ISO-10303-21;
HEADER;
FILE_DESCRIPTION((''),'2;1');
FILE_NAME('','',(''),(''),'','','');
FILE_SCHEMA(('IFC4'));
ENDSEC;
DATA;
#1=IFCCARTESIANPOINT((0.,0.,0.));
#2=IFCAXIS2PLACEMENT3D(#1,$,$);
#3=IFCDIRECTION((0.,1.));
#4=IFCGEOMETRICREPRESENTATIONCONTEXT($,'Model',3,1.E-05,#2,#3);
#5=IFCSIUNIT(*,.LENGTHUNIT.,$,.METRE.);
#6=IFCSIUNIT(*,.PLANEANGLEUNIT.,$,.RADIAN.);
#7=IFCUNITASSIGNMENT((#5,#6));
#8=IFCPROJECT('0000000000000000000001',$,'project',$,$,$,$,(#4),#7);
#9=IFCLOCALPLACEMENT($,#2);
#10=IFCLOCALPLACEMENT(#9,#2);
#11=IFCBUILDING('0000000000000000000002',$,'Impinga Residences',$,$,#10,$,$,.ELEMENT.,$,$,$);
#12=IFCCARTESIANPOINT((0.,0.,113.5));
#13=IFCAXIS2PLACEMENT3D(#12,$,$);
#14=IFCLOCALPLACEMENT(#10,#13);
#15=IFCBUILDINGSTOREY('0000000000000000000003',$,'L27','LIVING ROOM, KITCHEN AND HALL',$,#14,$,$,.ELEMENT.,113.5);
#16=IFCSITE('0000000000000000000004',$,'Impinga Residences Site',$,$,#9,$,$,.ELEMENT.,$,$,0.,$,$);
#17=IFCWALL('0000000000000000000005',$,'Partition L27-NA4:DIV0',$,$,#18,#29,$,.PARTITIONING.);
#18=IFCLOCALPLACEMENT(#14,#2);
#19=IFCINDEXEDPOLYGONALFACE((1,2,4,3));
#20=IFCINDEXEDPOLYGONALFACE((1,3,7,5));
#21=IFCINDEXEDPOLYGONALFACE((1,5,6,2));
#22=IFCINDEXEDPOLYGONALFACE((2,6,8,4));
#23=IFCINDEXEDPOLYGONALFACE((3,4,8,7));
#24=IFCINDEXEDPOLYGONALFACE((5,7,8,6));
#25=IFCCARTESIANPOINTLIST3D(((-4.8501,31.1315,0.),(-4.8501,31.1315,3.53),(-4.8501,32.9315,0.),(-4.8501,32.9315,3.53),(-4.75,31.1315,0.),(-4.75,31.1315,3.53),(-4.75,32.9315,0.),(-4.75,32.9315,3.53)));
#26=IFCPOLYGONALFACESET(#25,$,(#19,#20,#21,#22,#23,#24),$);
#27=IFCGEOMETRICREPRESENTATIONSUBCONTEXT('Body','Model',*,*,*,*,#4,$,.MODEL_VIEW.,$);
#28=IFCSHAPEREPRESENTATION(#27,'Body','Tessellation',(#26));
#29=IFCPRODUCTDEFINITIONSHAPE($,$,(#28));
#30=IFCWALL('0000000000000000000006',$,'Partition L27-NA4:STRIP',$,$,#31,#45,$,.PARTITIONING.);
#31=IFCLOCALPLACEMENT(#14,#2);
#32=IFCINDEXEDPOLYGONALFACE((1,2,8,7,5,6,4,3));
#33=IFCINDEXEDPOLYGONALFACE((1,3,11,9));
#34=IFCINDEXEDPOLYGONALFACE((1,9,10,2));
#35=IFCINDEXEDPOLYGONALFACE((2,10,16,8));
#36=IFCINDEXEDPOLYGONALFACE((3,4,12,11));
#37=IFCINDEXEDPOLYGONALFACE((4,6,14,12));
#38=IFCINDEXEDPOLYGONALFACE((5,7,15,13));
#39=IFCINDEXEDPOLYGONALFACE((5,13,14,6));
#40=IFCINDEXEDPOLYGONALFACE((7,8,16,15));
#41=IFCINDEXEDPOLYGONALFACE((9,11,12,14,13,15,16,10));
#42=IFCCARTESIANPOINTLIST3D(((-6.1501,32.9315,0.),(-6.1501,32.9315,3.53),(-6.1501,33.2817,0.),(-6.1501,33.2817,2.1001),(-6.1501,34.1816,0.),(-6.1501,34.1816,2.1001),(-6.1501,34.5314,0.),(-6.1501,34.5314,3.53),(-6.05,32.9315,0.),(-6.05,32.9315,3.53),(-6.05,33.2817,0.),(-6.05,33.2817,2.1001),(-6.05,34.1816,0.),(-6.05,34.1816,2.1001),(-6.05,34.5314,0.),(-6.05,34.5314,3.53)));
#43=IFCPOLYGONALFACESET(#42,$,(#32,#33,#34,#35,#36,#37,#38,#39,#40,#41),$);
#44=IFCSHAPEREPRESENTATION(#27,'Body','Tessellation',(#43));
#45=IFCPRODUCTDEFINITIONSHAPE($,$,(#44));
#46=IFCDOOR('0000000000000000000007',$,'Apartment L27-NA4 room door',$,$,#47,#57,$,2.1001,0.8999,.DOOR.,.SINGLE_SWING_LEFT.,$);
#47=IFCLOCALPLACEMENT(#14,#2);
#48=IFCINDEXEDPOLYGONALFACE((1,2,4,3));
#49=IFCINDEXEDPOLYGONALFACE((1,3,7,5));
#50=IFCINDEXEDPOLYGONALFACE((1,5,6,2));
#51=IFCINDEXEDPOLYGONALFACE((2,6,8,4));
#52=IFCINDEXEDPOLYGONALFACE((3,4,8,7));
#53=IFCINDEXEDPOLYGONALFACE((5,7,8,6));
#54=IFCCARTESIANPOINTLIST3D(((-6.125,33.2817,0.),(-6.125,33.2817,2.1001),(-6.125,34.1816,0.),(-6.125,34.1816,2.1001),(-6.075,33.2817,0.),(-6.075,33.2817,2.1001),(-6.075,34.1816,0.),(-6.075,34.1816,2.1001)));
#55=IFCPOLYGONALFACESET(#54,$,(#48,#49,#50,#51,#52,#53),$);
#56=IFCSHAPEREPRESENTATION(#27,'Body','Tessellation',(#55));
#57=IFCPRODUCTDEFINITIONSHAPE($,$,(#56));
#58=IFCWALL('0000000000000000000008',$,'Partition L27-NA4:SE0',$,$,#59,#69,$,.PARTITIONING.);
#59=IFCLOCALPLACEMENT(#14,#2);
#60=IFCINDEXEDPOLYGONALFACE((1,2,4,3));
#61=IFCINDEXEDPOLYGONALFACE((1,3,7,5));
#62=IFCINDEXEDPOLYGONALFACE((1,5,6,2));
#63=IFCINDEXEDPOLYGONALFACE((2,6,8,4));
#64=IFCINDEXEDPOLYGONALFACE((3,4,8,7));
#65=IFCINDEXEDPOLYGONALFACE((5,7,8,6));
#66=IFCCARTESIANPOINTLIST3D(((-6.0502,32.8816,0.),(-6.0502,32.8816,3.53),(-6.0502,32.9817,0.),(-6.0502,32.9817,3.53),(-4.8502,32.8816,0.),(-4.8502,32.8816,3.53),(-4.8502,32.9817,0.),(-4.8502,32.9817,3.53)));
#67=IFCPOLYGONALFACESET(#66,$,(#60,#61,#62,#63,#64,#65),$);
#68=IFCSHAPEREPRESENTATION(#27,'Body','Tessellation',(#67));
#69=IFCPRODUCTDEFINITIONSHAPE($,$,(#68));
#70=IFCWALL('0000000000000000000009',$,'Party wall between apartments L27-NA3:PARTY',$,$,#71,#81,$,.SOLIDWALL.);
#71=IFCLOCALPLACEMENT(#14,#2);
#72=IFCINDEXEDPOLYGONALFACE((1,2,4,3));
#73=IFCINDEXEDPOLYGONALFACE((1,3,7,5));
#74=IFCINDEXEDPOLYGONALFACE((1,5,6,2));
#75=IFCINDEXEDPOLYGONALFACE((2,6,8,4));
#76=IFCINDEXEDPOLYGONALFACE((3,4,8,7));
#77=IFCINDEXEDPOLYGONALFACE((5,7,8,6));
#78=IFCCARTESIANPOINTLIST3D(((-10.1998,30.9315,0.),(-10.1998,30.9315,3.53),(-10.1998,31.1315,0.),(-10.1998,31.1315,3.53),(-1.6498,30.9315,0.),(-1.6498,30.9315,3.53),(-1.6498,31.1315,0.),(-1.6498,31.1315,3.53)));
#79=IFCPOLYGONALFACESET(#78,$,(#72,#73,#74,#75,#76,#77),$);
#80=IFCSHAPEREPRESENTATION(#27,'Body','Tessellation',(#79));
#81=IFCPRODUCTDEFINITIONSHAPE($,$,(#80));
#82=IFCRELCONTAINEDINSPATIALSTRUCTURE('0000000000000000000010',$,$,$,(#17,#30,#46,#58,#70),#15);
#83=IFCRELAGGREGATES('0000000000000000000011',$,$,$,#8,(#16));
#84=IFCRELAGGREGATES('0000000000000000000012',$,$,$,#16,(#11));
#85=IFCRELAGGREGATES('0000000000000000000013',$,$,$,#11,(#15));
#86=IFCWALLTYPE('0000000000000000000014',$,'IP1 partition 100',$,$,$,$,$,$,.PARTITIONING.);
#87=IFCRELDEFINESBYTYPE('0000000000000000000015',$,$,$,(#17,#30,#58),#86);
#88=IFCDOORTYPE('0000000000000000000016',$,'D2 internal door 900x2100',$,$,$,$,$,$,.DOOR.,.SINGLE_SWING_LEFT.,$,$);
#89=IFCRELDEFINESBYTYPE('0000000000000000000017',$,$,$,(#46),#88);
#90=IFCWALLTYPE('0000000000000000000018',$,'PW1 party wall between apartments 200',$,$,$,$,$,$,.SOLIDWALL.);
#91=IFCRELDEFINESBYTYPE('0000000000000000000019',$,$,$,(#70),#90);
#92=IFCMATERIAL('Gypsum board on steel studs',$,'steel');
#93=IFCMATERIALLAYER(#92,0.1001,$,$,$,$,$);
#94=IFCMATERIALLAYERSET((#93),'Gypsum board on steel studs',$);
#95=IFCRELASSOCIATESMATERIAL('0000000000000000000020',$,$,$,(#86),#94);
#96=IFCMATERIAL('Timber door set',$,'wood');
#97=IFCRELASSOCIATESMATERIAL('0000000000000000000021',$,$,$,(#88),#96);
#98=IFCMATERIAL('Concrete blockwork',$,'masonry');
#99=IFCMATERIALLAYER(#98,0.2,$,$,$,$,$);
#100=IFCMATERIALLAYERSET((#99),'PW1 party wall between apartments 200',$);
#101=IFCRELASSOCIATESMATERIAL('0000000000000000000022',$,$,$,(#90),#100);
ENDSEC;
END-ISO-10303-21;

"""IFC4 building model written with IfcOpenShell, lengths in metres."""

from ifc_helpers import new_model, si_unit, direction, frame, frame_2d, origin, place, context, subcontext, project, spatial, rectangle, extrude, material, layer, layer_set, type_object, element, fill, save


model = new_model("IFC4")

# Units and contexts
model_context = context("Model", 3, precision=1e-05, world=origin(), true_north=direction((0.0, 1.0)))
body_context = subcontext(model_context, "Body", "Model", "MODEL_VIEW")
ifc_project = project(units=[si_unit("LENGTHUNIT", "METRE"), si_unit("PLANEANGLEUNIT", "RADIAN")], contexts=[model_context])

# Site, building, storey
site_placement = place(None, origin())
site = spatial("IfcSite", under=ifc_project, at=site_placement, Name="Impinga Residences Site", CompositionType="ELEMENT", RefElevation=0.0)
building_placement = place(site_placement, origin())
building = spatial("IfcBuilding", under=site, at=building_placement, Name="Impinga Residences", CompositionType="ELEMENT")
storey_placement = place(building_placement, frame((0.0, 0.0, 113.5)))
storey = spatial("IfcBuildingStorey", under=building, at=storey_placement, Name="L27", Description="LIVING ROOM, KITCHEN AND HALL", CompositionType="ELEMENT", Elevation=113.5)

# Shared definitions
ifc_material_1 = material(Name="Gypsum board on steel studs", Category="steel")
ifc_layer_1 = layer(ifc_material_1, 0.1001)
ifc_layer_set_1 = layer_set([ifc_layer_1], Name="Gypsum board on steel studs")
wall_type_1 = type_object("IfcWallType", Name="IP1 partition 100", PredefinedType="PARTITIONING", material=ifc_layer_set_1)

# Shared definitions
ifc_material_2 = material(Name="Timber door set", Category="wood")
door_type = type_object("IfcDoorType", Name="D2 internal door 900x2100", OperationType="SINGLE_SWING_LEFT", PredefinedType="DOOR", material=ifc_material_2)

# Wall
wall_1_placement = place(storey_placement, frame((-4.8, 31.1316, 0.0), z_axis=(0.0, 0.0, 1.0), x_axis=(0.0, 1.0, 0.0)))
element("IfcWall", 1, at=wall_1_placement, inside=storey, type_object=wall_type_1, Name="Partition L27-NA4:DIV0", PredefinedType="PARTITIONING", context=body_context, shape_type="SweptSolid", body=[
    extrude(rectangle(XDim=1.8, YDim=0.1001, at=frame_2d((0.8999, 0.0))), origin(), (0.0, 0.0, 1.0), 3.53),
])

# Wall, opening, door
wall_2_placement = place(storey_placement, frame((-6.1001, 32.9316, 0.0), z_axis=(0.0, 0.0, 1.0), x_axis=(0.0, 1.0, 0.0)))
wall_2 = element("IfcWall", 2, at=wall_2_placement, inside=storey, type_object=wall_type_1, Name="Partition L27-NA4:STRIP", PredefinedType="PARTITIONING", context=body_context, shape_type="SweptSolid", body=[
    extrude(rectangle(XDim=1.5999, YDim=0.1001, at=frame_2d((0.7998, 0.0))), origin(), (0.0, 0.0, 1.0), 3.53),
])
opening_1_placement = place(wall_2_placement, frame((0.3501, 0.0, 0.0)))
opening_1 = element("IfcOpeningElement", 3, at=opening_1_placement, cuts=wall_2, PredefinedType="OPENING", context=body_context, shape_type="SweptSolid", body=[
    extrude(rectangle(XDim=0.8999, YDim=2.1001, at=frame_2d((0.45, 1.05))), frame((0.0, 0.0601, 0.0), z_axis=(0.0, -1.0, 0.0), x_axis=(1.0, 0.0, 0.0)), (0.0, 0.0, 1.0), 0.1201),
])
door_1_placement = place(opening_1_placement, origin())
door_1 = element("IfcDoor", 4, at=door_1_placement, inside=storey, type_object=door_type, Name="Apartment L27-NA4 room door", OperationType="SINGLE_SWING_LEFT", OverallHeight=2.1001, OverallWidth=0.8999, PredefinedType="DOOR", context=body_context, shape_type="SweptSolid", body=[
    extrude(rectangle(XDim=0.8999, YDim=2.1001, at=frame_2d((0.45, 1.05))), frame((0.0, 0.0249, 0.0), z_axis=(0.0, -1.0, 0.0), x_axis=(1.0, 0.0, 0.0)), (0.0, 0.0, 1.0), 0.05),
])
fill(opening_1, door_1)

# Walls
wall_3_placement = place(storey_placement, frame((-4.8501, 32.9316, 0.0), z_axis=(0.0, 0.0, 1.0), x_axis=(-1.0, 0.0, 0.0)))
element("IfcWall", 5, at=wall_3_placement, inside=storey, type_object=wall_type_1, Name="Partition L27-NA4:SE0", PredefinedType="PARTITIONING", context=body_context, shape_type="SweptSolid", body=[
    extrude(rectangle(XDim=1.2, YDim=0.1001, at=frame_2d((0.6001, 0.0))), origin(), (0.0, 0.0, 1.0), 3.53),
])
ifc_material_3 = material(Name="Concrete blockwork", Category="masonry")
ifc_layer_2 = layer(ifc_material_3, 0.2)
ifc_layer_set_2 = layer_set([ifc_layer_2], Name="PW1 party wall between apartments 200")
wall_type_2 = type_object("IfcWallType", Name="PW1 party wall between apartments 200", PredefinedType="SOLIDWALL", material=ifc_layer_set_2)
wall_4_placement = place(storey_placement, frame((-1.6499, 31.0315, 0.0), z_axis=(0.0, 0.0, 1.0), x_axis=(-1.0, 0.0, 0.0)))
element("IfcWall", 6, at=wall_4_placement, inside=storey, type_object=wall_type_2, Name="Party wall between apartments L27-NA3:PARTY", PredefinedType="SOLIDWALL", context=body_context, shape_type="SweptSolid", body=[
    extrude(rectangle(XDim=8.55, YDim=0.2, at=frame_2d((4.2749, 0.0))), origin(), (0.0, 0.0, 1.0), 3.53),
])

save(model, "model.ifc")
